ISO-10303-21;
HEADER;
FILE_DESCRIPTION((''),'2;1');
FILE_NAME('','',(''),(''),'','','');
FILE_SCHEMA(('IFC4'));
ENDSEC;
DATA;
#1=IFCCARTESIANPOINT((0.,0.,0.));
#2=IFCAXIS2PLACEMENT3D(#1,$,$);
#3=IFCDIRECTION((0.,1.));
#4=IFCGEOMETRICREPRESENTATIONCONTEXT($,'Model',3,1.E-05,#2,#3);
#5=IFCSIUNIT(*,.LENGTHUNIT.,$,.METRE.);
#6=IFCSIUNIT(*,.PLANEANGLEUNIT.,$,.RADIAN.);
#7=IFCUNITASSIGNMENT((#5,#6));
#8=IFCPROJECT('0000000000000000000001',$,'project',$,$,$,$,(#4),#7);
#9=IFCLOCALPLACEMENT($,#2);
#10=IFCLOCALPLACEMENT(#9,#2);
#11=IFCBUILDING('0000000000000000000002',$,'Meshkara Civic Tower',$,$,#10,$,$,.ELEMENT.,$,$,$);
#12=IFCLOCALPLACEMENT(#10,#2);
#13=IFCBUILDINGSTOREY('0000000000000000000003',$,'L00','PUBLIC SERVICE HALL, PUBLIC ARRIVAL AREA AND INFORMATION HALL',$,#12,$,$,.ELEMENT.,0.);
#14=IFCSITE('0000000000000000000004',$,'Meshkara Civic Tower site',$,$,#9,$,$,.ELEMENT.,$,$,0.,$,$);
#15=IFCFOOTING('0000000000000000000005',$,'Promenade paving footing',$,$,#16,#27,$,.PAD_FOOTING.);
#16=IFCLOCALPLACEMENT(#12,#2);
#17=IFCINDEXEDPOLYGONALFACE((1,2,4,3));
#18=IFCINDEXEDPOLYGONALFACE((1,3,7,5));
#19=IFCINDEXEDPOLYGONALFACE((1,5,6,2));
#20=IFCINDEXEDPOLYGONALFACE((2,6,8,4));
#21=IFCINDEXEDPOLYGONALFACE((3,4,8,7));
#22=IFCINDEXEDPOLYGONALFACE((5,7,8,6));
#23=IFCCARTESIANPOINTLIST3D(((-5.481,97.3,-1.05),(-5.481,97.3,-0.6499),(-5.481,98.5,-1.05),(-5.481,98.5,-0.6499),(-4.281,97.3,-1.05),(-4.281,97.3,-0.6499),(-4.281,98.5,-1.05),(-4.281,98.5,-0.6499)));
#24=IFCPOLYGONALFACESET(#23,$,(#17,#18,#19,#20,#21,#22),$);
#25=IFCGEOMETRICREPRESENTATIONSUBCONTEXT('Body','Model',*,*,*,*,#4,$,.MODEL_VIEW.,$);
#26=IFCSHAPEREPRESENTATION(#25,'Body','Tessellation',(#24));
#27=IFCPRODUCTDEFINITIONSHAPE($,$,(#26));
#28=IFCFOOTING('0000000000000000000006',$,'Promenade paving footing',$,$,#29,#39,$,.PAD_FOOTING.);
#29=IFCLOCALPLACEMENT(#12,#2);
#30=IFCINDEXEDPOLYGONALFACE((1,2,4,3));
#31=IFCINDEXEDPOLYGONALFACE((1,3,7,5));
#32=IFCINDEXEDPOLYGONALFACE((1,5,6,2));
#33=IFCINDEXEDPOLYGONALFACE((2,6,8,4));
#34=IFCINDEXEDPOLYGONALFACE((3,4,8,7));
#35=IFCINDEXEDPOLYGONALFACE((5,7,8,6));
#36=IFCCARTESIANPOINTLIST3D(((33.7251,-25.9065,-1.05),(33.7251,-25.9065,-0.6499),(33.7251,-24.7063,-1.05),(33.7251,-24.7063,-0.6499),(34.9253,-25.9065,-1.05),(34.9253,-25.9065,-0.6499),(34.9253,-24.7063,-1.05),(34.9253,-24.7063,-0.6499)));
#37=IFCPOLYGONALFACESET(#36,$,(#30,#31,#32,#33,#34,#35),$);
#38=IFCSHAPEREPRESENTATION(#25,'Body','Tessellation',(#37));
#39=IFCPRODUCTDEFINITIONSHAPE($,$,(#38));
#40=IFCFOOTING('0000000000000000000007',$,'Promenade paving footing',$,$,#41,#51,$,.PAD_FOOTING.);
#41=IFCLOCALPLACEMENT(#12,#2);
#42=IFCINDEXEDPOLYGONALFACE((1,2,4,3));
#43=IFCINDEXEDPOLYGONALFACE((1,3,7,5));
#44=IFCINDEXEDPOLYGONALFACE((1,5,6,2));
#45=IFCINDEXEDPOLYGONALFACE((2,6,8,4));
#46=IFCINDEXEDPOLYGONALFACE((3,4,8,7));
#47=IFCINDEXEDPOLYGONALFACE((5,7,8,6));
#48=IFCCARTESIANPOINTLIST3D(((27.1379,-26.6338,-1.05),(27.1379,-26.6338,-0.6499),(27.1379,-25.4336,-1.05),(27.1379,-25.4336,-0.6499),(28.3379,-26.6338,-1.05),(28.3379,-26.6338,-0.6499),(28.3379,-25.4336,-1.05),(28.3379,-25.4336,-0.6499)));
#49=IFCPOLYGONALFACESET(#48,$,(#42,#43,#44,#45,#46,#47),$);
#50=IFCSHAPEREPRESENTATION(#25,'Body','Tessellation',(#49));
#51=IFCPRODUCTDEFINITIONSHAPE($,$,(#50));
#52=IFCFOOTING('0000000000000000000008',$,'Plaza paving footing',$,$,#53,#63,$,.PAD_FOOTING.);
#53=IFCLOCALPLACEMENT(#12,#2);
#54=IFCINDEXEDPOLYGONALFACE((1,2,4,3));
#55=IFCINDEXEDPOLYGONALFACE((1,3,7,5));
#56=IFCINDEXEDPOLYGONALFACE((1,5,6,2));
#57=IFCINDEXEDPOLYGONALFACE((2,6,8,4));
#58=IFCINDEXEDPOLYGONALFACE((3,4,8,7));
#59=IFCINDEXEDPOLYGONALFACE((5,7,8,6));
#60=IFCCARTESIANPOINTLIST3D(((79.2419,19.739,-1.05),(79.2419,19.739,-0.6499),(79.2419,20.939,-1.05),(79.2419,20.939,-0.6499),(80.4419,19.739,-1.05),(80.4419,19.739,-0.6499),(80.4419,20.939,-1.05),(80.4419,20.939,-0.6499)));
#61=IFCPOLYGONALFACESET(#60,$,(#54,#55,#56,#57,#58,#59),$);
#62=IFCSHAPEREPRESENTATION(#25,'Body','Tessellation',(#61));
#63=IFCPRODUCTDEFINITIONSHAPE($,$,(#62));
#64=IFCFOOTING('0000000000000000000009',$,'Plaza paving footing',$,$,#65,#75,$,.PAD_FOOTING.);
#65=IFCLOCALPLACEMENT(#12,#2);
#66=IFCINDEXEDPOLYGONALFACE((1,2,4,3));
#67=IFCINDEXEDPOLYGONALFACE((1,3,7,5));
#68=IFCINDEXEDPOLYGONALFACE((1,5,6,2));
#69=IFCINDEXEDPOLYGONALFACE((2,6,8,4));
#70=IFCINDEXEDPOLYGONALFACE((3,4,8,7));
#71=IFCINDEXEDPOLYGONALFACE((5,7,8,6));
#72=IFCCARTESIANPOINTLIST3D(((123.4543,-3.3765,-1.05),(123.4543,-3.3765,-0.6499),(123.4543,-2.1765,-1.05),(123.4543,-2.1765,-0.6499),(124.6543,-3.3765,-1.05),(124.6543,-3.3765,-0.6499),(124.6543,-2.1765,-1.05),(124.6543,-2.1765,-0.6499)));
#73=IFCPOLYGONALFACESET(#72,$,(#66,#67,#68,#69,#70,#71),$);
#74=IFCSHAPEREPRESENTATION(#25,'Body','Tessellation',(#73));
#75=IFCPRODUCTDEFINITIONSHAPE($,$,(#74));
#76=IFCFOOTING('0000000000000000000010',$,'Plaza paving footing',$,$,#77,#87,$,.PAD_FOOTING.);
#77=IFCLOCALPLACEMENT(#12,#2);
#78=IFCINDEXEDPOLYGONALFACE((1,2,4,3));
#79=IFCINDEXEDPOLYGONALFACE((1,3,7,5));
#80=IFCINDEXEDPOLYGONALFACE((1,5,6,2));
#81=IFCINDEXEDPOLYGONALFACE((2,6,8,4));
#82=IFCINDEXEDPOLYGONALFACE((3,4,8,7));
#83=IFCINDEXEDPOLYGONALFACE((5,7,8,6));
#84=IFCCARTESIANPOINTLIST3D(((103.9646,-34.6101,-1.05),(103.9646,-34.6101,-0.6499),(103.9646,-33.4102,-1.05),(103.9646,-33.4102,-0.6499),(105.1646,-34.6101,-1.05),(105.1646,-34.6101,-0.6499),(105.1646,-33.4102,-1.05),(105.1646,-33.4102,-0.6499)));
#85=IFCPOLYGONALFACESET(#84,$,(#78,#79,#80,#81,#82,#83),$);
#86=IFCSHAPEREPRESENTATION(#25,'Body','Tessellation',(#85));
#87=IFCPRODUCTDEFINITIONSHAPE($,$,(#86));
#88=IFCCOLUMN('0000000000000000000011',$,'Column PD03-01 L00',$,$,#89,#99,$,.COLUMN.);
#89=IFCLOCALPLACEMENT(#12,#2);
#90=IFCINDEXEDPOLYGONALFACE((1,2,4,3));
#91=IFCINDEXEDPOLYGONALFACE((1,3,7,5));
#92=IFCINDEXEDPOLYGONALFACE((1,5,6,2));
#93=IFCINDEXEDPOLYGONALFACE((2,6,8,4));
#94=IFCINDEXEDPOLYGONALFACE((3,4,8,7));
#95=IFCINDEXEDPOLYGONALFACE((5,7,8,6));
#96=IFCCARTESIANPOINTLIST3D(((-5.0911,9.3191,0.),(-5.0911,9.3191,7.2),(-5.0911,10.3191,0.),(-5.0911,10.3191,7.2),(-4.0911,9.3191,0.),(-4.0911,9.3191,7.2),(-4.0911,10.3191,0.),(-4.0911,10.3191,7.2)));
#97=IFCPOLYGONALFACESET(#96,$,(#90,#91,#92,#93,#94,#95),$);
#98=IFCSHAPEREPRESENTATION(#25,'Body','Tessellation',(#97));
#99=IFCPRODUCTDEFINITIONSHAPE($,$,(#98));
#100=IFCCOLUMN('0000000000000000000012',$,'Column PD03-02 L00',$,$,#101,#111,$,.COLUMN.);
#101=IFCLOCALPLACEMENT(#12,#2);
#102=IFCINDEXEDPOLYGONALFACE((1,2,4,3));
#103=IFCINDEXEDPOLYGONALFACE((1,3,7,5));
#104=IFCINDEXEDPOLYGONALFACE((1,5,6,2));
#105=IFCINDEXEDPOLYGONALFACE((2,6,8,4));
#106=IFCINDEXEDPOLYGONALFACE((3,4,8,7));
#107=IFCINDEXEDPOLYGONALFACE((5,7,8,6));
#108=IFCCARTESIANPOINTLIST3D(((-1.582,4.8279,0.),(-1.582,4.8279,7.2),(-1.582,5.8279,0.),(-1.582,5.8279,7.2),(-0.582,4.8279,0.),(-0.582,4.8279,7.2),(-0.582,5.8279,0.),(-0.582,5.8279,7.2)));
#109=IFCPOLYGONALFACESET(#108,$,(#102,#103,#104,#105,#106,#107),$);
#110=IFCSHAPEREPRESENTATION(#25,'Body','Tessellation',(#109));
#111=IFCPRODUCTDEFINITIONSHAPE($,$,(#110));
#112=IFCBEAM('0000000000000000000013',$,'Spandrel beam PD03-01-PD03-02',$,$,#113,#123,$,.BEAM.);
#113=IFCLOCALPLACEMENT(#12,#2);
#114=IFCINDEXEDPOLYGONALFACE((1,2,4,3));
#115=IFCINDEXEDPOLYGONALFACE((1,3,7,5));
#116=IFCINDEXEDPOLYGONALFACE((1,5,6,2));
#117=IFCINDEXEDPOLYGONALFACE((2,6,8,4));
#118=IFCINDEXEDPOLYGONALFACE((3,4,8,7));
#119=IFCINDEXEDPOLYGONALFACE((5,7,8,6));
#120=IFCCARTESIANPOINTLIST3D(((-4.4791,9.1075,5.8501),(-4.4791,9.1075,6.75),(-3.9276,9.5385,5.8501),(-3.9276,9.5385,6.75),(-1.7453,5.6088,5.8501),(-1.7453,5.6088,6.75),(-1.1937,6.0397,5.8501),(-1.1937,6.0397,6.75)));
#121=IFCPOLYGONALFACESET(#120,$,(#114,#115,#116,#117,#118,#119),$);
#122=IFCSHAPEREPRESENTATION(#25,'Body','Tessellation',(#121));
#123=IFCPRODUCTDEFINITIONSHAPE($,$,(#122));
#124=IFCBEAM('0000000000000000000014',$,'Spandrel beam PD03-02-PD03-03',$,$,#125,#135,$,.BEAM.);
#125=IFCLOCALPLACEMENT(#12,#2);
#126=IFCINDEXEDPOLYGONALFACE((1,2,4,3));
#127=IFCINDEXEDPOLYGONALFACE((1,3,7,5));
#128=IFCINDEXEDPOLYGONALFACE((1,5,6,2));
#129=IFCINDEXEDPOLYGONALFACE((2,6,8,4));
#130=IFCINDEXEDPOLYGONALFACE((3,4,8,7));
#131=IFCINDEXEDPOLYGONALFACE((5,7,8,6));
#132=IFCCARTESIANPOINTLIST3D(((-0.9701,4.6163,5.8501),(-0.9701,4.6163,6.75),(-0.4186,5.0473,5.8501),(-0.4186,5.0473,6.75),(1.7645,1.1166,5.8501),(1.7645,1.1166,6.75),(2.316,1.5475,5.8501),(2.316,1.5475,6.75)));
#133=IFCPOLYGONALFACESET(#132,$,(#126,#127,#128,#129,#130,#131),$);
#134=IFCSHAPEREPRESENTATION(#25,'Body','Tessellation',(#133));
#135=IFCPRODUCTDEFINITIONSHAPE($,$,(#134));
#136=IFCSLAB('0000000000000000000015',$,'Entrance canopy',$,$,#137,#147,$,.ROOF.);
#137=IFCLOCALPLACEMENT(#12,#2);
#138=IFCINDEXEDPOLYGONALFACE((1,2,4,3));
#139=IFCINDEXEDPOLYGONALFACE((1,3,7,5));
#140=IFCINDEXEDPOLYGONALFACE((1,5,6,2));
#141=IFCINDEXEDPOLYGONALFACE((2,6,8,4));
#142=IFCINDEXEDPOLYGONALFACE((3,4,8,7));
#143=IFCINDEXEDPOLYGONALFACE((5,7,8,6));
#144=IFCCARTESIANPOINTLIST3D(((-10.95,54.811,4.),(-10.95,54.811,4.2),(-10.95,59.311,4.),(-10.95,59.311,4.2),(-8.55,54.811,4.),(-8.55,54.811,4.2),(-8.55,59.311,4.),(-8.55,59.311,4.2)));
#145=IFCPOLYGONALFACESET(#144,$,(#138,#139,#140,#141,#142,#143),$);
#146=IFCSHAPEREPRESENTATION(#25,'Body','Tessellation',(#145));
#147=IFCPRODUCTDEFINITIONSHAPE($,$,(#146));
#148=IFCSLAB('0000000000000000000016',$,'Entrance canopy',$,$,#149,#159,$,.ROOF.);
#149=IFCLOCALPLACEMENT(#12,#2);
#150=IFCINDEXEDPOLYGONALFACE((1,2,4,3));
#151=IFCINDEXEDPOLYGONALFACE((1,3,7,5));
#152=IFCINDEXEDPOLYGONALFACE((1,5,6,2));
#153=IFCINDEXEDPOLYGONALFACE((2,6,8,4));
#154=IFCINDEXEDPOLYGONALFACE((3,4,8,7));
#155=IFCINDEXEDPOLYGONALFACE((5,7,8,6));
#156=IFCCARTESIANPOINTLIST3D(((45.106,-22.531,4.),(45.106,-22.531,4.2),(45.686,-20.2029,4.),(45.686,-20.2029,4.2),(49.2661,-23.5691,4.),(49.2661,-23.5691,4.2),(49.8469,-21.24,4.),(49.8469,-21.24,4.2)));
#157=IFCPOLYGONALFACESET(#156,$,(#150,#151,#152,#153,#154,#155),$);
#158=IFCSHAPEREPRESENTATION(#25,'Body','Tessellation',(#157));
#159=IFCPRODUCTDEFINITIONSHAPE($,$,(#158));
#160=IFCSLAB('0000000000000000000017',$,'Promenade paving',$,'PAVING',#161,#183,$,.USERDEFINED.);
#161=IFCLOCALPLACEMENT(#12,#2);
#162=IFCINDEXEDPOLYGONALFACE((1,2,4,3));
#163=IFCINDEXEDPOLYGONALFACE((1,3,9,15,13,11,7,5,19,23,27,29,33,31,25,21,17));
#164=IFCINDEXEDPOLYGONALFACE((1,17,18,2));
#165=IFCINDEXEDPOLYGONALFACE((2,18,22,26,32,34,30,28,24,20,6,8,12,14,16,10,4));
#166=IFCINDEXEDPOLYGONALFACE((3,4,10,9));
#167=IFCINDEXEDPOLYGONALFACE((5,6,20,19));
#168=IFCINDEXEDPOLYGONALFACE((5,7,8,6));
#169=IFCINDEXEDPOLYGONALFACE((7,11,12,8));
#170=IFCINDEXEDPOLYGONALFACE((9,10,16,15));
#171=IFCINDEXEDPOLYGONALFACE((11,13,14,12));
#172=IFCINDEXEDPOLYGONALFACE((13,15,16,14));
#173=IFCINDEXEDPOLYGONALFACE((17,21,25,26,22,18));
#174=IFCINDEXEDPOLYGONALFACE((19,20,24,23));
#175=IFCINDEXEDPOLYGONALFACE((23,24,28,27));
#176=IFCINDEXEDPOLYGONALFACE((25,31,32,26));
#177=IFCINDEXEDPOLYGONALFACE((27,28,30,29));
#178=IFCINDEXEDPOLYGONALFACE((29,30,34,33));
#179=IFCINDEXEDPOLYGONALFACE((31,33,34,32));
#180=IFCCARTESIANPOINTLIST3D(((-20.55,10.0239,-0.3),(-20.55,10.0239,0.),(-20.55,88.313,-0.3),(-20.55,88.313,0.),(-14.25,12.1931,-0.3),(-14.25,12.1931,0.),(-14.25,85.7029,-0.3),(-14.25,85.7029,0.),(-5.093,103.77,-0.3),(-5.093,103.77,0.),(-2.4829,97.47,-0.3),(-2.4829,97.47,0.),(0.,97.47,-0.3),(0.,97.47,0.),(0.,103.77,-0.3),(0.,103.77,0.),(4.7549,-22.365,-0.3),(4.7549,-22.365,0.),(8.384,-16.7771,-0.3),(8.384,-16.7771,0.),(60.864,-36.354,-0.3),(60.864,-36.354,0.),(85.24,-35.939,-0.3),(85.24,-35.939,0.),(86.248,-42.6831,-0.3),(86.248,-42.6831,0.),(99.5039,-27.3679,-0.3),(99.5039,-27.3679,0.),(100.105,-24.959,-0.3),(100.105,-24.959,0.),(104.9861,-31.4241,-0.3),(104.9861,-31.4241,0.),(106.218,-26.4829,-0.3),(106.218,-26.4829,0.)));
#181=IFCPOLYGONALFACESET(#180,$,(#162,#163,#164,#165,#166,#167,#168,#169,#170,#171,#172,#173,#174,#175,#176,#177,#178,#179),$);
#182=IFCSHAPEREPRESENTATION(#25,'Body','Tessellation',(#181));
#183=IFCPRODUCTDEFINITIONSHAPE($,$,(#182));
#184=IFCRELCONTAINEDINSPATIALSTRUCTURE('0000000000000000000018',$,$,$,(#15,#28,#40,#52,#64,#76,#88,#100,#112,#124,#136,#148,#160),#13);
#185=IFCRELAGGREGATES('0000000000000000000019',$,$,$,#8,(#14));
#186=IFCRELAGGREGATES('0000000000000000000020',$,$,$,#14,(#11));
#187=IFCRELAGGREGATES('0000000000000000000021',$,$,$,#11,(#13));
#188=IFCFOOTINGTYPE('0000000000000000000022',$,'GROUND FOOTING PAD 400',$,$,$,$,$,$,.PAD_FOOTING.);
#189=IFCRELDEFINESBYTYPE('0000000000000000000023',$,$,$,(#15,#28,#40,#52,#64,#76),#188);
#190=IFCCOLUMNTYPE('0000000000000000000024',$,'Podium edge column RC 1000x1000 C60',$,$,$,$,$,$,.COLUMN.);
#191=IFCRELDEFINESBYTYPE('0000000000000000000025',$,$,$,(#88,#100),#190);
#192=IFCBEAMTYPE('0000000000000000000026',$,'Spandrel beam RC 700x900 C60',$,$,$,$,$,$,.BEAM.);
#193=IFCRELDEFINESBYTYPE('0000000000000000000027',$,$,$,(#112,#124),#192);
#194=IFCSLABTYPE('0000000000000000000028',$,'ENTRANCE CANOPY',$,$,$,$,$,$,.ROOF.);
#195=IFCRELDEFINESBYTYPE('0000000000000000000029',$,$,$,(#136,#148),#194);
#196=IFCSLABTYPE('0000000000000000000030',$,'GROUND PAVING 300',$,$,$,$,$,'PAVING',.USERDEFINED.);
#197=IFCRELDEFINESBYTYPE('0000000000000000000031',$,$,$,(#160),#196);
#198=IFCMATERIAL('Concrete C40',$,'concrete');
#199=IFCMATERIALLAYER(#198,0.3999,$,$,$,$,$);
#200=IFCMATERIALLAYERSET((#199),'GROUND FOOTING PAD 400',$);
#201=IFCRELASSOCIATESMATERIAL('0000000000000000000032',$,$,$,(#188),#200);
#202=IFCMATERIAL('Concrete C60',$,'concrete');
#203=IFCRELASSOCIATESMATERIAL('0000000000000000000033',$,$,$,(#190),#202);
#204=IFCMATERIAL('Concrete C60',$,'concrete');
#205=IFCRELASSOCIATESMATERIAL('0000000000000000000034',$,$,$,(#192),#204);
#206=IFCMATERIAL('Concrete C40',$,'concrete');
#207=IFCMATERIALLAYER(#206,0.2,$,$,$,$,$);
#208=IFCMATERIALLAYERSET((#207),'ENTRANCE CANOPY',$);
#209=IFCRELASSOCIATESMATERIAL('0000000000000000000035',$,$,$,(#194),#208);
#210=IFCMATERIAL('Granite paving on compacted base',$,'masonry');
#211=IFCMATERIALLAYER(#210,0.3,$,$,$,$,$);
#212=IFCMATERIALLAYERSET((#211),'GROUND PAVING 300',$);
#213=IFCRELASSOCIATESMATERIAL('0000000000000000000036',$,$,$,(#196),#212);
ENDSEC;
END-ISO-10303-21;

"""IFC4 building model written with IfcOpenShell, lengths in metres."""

from ifc_helpers import new_model, si_unit, direction, frame, origin, origin_2d, place, context, subcontext, project, spatial, polyline, rectangle, outline, extrude, material, layer, layer_set, material_profile, profile_set, type_object, element, save


model = new_model("IFC4")

# Units and contexts
model_context = context("Model", 3, precision=1e-05, world=origin(), true_north=direction((0.0, 1.0)))
body_context = subcontext(model_context, "Body", "Model", "MODEL_VIEW")
ifc_project = project(units=[si_unit("LENGTHUNIT", "METRE"), si_unit("PLANEANGLEUNIT", "RADIAN")], contexts=[model_context])

# Site, building, storey
site_placement = place(None, origin())
site = spatial("IfcSite", under=ifc_project, at=site_placement, Name="Meshkara Civic Tower site", CompositionType="ELEMENT", RefElevation=0.0)
building_placement = place(site_placement, origin())
building = spatial("IfcBuilding", under=site, at=building_placement, Name="Meshkara Civic Tower", CompositionType="ELEMENT")
storey_placement = place(building_placement, origin())
storey = spatial("IfcBuildingStorey", under=building, at=storey_placement, Name="L00", Description="PUBLIC SERVICE HALL, PUBLIC ARRIVAL AREA AND INFORMATION HALL", CompositionType="ELEMENT", Elevation=0.0)

# Footings
ifc_material_1 = material(Name="Concrete C40", Category="concrete")
ifc_layer_1 = layer(ifc_material_1, 0.3999)
ifc_layer_set_1 = layer_set([ifc_layer_1], Name="GROUND FOOTING PAD 400")
footing_type = type_object("IfcFootingType", Name="GROUND FOOTING PAD 400", PredefinedType="PAD_FOOTING", material=ifc_layer_set_1)
footing_1_placement = place(storey_placement, frame((0.0, 0.0, -1.05)))
element("IfcFooting", 1, at=footing_1_placement, inside=storey, type_object=footing_type, Name="Promenade paving footing", PredefinedType="PAD_FOOTING", context=body_context, shape_type="SweptSolid", body=[
    extrude(outline(polyline([(-5.481, 97.3), (-4.281, 97.3), (-4.281, 98.5), (-5.481, 98.5), (-5.481, 97.3)])), origin(), (0.0, 0.0, 1.0), 0.4001),
])
footing_2_placement = place(storey_placement, frame((0.0, 0.0, -1.05)))
element("IfcFooting", 2, at=footing_2_placement, inside=storey, type_object=footing_type, Name="Promenade paving footing", PredefinedType="PAD_FOOTING", context=body_context, shape_type="SweptSolid", body=[
    extrude(outline(polyline([(33.7251, -25.9065), (34.9253, -25.9065), (34.9253, -24.7063), (33.7251, -24.7063), (33.7251, -25.9065)])), origin(), (0.0, 0.0, 1.0), 0.4001),
])
footing_3_placement = place(storey_placement, frame((0.0, 0.0, -1.05)))
element("IfcFooting", 3, at=footing_3_placement, inside=storey, type_object=footing_type, Name="Promenade paving footing", PredefinedType="PAD_FOOTING", context=body_context, shape_type="SweptSolid", body=[
    extrude(outline(polyline([(27.1379, -26.6338), (28.3379, -26.6338), (28.3379, -25.4336), (27.1379, -25.4336), (27.1379, -26.6338)])), origin(), (0.0, 0.0, 1.0), 0.4001),
])
footing_4_placement = place(storey_placement, frame((0.0, 0.0, -1.05)))
element("IfcFooting", 4, at=footing_4_placement, inside=storey, type_object=footing_type, Name="Plaza paving footing", PredefinedType="PAD_FOOTING", context=body_context, shape_type="SweptSolid", body=[
    extrude(outline(polyline([(79.2419, 19.739), (80.4419, 19.739), (80.4419, 20.939), (79.2419, 20.939), (79.2419, 19.739)])), origin(), (0.0, 0.0, 1.0), 0.4001),
])
footing_5_placement = place(storey_placement, frame((0.0, 0.0, -1.05)))
element("IfcFooting", 5, at=footing_5_placement, inside=storey, type_object=footing_type, Name="Plaza paving footing", PredefinedType="PAD_FOOTING", context=body_context, shape_type="SweptSolid", body=[
    extrude(outline(polyline([(123.4543, -3.3765), (124.6543, -3.3765), (124.6543, -2.1765), (123.4543, -2.1765), (123.4543, -3.3765)])), origin(), (0.0, 0.0, 1.0), 0.4001),
])
footing_6_placement = place(storey_placement, frame((0.0, 0.0, -1.05)))
element("IfcFooting", 6, at=footing_6_placement, inside=storey, type_object=footing_type, Name="Plaza paving footing", PredefinedType="PAD_FOOTING", context=body_context, shape_type="SweptSolid", body=[
    extrude(outline(polyline([(103.9646, -34.6101), (105.1646, -34.6101), (105.1646, -33.4102), (103.9646, -33.4102), (103.9646, -34.6101)])), origin(), (0.0, 0.0, 1.0), 0.4001),
])

# Columns
ifc_material_2 = material(Name="Concrete C60", Category="concrete")
ifc_material_profile_1 = material_profile(ifc_material_2, rectangle(XDim=1.0, YDim=1.0, at=origin_2d()))
ifc_profile_set_1 = profile_set([ifc_material_profile_1], Name="Concrete C60")
column_type = type_object("IfcColumnType", Name="Podium edge column RC 1000x1000 C60", PredefinedType="COLUMN", material=ifc_profile_set_1)
for number, where, z_axis, x_axis, name in (
    (7, (-4.5911, 9.8191, 0.0), (0.0, 0.0, 1.0), (1.0, 0.0, 0.0), "Column PD03-01 L00"),
    (8, (-1.082, 5.3279, 0.0), (0.0, 0.0, 1.0), (1.0, 0.0, 0.0), "Column PD03-02 L00"),
):
    element("IfcColumn", number, at=place(storey_placement, frame(where, z_axis=z_axis, x_axis=x_axis)), inside=storey, type_object=column_type, Name=name, PredefinedType="COLUMN", context=body_context, shape_type="SweptSolid", body=[
        extrude(rectangle(XDim=1.0, YDim=1.0, at=origin_2d()), origin(), (0.0, 0.0, 1.0), 7.2),
    ])

# Beams
ifc_material_3 = material(Name="Concrete C60", Category="concrete")
ifc_material_profile_2 = material_profile(ifc_material_3, rectangle(XDim=0.7, YDim=0.8999, at=origin_2d()))
ifc_profile_set_2 = profile_set([ifc_material_profile_2], Name="Concrete C60")
beam_type = type_object("IfcBeamType", Name="Spandrel beam RC 700x900 C60", PredefinedType="BEAM", material=ifc_profile_set_2)
beam_1_placement = place(storey_placement, frame((-4.2034, 9.323, 6.3), z_axis=(0.615709, -0.787974, 0.0), x_axis=(0.787974, 0.615709, 0.0)))
element("IfcBeam", 9, at=beam_1_placement, inside=storey, type_object=beam_type, Name="Spandrel beam PD03-01-PD03-02", PredefinedType="BEAM", context=body_context, shape_type="SweptSolid", body=[
    extrude(rectangle(XDim=0.7, YDim=0.8999, at=origin_2d()), origin(), (0.0, 0.0, 1.0), 4.4402),
])
beam_2_placement = place(storey_placement, frame((-0.6943, 4.8318, 6.3), z_axis=(0.615705, -0.787977, 0.0), x_axis=(0.787977, 0.615705, 0.0)))
element("IfcBeam", 10, at=beam_2_placement, inside=storey, type_object=beam_type, Name="Spandrel beam PD03-02-PD03-03", PredefinedType="BEAM", context=body_context, shape_type="SweptSolid", body=[
    extrude(rectangle(XDim=0.7, YDim=0.8999, at=origin_2d()), origin(), (0.0, 0.0, 1.0), 4.4414),
])

# Slabs
ifc_material_4 = material(Name="Concrete C40", Category="concrete")
ifc_layer_2 = layer(ifc_material_4, 0.2)
ifc_layer_set_2 = layer_set([ifc_layer_2], Name="ENTRANCE CANOPY")
slab_type_1 = type_object("IfcSlabType", Name="ENTRANCE CANOPY", PredefinedType="ROOF", material=ifc_layer_set_2)
slab_1_placement = place(storey_placement, frame((0.0, 0.0, 4.0)))
element("IfcSlab", 11, at=slab_1_placement, inside=storey, type_object=slab_type_1, Name="Entrance canopy", PredefinedType="ROOF", context=body_context, shape_type="SweptSolid", body=[
    extrude(outline(polyline([(-8.55, 59.311), (-8.55, 54.811), (-10.95, 54.811), (-10.95, 59.311), (-8.55, 59.311)])), origin(), (0.0, 0.0, 1.0), 0.2),
])
slab_2_placement = place(storey_placement, frame((0.0, 0.0, 4.0)))
element("IfcSlab", 12, at=slab_2_placement, inside=storey, type_object=slab_type_1, Name="Entrance canopy", PredefinedType="ROOF", context=body_context, shape_type="SweptSolid", body=[
    extrude(outline(polyline([(45.686, -20.2029), (49.8469, -21.24), (49.2661, -23.5691), (45.106, -22.531), (45.686, -20.2029)])), origin(), (0.0, 0.0, 1.0), 0.2),
])
ifc_material_5 = material(Name="Granite paving on compacted base", Category="masonry")
ifc_layer_3 = layer(ifc_material_5, 0.3)
ifc_layer_set_3 = layer_set([ifc_layer_3], Name="GROUND PAVING 300")
slab_type_2 = type_object("IfcSlabType", Name="GROUND PAVING 300", ElementType="PAVING", PredefinedType="USERDEFINED", material=ifc_layer_set_3)
slab_3_placement = place(storey_placement, frame((0.0, 0.0, -0.3)))
element("IfcSlab", 13, at=slab_3_placement, inside=storey, type_object=slab_type_2, Name="Promenade paving", ObjectType="PAVING", PredefinedType="USERDEFINED", context=body_context, shape_type="SweptSolid", body=[
    extrude(outline(polyline([(60.864, -36.354), (4.7549, -22.365), (-20.55, 10.0239), (-20.55, 88.313), (-5.093, 103.77), (0.0, 103.77), (0.0, 97.47), (-2.4829, 97.47), (-14.25, 85.7029), (-14.25, 12.1931), (8.384, -16.7771), (85.24, -35.939), (99.5039, -27.3679), (100.105, -24.959), (106.218, -26.4829), (104.9861, -31.4241), (86.248, -42.6831), (60.864, -36.354)])), origin(), (0.0, 0.0, 1.0), 0.3),
])

save(model, "model.ifc")
